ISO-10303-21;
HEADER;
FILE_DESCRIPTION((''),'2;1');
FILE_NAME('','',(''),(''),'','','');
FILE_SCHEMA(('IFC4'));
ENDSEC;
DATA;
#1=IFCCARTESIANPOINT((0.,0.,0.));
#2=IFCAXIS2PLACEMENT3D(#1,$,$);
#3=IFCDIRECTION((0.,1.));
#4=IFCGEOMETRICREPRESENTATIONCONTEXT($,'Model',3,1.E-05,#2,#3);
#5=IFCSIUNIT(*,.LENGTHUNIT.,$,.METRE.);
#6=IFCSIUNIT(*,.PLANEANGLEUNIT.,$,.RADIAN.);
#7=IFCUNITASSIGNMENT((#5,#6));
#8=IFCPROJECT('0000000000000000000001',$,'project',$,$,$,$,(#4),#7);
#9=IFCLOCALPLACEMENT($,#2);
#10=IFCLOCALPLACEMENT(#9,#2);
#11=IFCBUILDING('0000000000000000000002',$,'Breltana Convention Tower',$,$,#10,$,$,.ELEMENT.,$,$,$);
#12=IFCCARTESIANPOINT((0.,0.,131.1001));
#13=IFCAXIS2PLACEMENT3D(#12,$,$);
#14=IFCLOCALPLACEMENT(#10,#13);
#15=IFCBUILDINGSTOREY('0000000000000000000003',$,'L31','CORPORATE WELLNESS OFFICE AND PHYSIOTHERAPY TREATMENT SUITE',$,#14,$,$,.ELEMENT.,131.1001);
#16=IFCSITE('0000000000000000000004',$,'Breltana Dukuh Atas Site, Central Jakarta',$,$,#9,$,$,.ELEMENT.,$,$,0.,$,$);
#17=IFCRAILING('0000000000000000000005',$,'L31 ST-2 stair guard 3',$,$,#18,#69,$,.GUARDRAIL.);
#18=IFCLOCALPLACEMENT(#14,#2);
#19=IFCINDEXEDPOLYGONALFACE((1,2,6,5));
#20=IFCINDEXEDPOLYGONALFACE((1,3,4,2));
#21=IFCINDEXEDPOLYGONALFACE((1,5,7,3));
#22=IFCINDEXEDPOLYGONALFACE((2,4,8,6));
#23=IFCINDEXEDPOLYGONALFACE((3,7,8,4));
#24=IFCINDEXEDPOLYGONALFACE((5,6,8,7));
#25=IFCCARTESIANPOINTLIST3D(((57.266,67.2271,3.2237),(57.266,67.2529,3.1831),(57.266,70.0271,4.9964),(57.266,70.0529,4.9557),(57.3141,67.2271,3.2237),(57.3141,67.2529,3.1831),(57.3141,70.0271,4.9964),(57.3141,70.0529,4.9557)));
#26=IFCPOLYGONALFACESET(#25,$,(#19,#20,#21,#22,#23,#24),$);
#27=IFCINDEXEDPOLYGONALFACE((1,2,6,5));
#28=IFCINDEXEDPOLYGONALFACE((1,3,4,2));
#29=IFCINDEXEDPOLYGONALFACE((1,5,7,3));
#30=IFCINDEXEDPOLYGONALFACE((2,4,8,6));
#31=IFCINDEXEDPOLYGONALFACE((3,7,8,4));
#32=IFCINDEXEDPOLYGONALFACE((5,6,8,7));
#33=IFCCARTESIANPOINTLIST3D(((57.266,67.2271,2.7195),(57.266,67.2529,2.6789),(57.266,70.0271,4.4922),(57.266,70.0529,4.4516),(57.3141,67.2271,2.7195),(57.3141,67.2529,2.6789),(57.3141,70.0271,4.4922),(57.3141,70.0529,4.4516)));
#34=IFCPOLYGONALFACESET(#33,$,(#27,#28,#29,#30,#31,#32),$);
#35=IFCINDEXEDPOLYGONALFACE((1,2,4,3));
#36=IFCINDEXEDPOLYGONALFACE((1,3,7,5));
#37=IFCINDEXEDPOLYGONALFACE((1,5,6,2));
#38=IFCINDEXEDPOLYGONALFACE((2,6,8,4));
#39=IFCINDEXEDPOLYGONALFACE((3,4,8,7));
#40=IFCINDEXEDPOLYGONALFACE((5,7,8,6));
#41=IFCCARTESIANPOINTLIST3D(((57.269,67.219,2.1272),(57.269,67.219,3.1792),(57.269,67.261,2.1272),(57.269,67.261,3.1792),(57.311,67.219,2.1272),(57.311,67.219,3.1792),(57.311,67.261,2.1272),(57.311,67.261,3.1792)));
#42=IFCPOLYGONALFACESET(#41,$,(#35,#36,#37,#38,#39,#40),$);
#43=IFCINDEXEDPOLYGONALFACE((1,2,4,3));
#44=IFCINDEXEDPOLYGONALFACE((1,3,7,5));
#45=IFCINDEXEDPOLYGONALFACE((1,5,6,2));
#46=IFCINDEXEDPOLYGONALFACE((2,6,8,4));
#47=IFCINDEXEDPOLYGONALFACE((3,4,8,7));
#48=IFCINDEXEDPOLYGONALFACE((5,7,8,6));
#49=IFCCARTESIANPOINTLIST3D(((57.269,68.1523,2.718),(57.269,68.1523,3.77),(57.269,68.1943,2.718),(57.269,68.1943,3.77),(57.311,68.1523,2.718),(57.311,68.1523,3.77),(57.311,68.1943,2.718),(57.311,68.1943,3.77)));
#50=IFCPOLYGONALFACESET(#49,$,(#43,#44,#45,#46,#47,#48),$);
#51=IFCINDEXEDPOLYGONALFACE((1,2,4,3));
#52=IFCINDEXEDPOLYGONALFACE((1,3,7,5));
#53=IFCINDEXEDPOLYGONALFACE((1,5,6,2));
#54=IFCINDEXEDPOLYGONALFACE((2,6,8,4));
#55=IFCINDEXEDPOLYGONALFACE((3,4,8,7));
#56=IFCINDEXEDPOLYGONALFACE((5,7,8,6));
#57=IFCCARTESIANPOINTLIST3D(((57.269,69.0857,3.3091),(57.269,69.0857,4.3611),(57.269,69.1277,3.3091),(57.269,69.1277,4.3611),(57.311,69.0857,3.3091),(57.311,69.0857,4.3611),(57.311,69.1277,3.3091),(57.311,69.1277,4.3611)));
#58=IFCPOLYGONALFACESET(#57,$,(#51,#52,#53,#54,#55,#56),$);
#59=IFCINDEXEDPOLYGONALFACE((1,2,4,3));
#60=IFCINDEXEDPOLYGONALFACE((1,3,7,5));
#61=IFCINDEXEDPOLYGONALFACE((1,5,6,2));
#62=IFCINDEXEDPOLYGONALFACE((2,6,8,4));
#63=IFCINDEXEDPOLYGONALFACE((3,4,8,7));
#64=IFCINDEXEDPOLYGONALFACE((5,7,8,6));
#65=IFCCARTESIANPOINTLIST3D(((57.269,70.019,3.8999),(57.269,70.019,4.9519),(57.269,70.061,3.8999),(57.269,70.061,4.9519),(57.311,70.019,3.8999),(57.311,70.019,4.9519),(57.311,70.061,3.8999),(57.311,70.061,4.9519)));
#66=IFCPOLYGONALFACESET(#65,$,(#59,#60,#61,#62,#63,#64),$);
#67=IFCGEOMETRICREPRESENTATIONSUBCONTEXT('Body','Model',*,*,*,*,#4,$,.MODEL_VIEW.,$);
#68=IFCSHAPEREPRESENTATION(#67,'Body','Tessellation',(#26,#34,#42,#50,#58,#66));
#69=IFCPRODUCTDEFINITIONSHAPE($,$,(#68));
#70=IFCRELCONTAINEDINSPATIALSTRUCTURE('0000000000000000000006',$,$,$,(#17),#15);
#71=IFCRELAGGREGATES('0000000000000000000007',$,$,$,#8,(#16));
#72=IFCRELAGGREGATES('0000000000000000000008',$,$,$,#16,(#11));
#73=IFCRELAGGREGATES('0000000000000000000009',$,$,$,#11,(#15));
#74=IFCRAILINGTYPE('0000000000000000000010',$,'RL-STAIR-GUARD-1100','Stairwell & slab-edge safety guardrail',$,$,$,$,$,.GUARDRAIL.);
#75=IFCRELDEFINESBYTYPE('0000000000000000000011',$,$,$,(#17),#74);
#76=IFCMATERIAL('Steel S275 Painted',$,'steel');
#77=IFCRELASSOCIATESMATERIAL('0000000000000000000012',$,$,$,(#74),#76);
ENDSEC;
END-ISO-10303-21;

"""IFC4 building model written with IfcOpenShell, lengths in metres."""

from ifc_helpers import new_model, si_unit, direction, frame, origin, origin_2d, place, context, subcontext, project, spatial, rectangle, extrude, material, type_object, element, save


model = new_model("IFC4")

# Units and contexts
model_context = context("Model", 3, precision=1e-05, world=origin(), true_north=direction((0.0, 1.0)))
body_context = subcontext(model_context, "Body", "Model", "MODEL_VIEW")
ifc_project = project(units=[si_unit("LENGTHUNIT", "METRE"), si_unit("PLANEANGLEUNIT", "RADIAN")], contexts=[model_context])

# Site, building, storey
site_placement = place(None, origin())
site = spatial("IfcSite", under=ifc_project, at=site_placement, Name="Breltana Dukuh Atas Site, Central Jakarta", CompositionType="ELEMENT", RefElevation=0.0)
building_placement = place(site_placement, origin())
building = spatial("IfcBuilding", under=site, at=building_placement, Name="Breltana Convention Tower", CompositionType="ELEMENT")
storey_placement = place(building_placement, frame((0.0, 0.0, 131.1001)))
storey = spatial("IfcBuildingStorey", under=building, at=storey_placement, Name="L31", Description="CORPORATE WELLNESS OFFICE AND PHYSIOTHERAPY TREATMENT SUITE", CompositionType="ELEMENT", Elevation=131.1001)

# Railing
ifc_material_1 = material(Name="Steel S275 Painted", Category="steel")
railing_type = type_object("IfcRailingType", Name="RL-STAIR-GUARD-1100", Description="Stairwell & slab-edge safety guardrail", PredefinedType="GUARDRAIL", material=ifc_material_1)
railing_1_placement = place(storey_placement, frame((57.29, 67.24, 2.1272)))
element("IfcRailing", 1, at=railing_1_placement, inside=storey, type_object=railing_type, Name="L31 ST-2 stair guard 3", PredefinedType="GUARDRAIL", context=body_context, shape_type="SweptSolid", body=[
    extrude(rectangle(XDim=0.0481, YDim=0.0481, at=origin_2d()), frame((0.0, 0.0, 1.0762), z_axis=(0.0, 0.844909, 0.53491), x_axis=(-1.0, 0.0, 0.0)), (0.0, 0.0, 1.0), 3.314),
    extrude(rectangle(XDim=0.0481, YDim=0.0481, at=origin_2d()), frame((0.0, 0.0, 0.572), z_axis=(0.0, 0.844909, 0.53491), x_axis=(-1.0, 0.0, 0.0)), (0.0, 0.0, 1.0), 3.314),
    extrude(rectangle(XDim=0.042, YDim=0.042, at=origin_2d()), origin(), (0.0, 0.0, 1.0), 1.052),
    extrude(rectangle(XDim=0.042, YDim=0.042, at=origin_2d()), frame((0.0, 0.9333, 0.5908)), (0.0, 0.0, 1.0), 1.052),
    extrude(rectangle(XDim=0.042, YDim=0.042, at=origin_2d()), frame((0.0, 1.8667, 1.1819)), (0.0, 0.0, 1.0), 1.052),
    extrude(rectangle(XDim=0.042, YDim=0.042, at=origin_2d()), frame((0.0, 2.8, 1.7727)), (0.0, 0.0, 1.0), 1.052),
])

save(model, "model.ifc")
